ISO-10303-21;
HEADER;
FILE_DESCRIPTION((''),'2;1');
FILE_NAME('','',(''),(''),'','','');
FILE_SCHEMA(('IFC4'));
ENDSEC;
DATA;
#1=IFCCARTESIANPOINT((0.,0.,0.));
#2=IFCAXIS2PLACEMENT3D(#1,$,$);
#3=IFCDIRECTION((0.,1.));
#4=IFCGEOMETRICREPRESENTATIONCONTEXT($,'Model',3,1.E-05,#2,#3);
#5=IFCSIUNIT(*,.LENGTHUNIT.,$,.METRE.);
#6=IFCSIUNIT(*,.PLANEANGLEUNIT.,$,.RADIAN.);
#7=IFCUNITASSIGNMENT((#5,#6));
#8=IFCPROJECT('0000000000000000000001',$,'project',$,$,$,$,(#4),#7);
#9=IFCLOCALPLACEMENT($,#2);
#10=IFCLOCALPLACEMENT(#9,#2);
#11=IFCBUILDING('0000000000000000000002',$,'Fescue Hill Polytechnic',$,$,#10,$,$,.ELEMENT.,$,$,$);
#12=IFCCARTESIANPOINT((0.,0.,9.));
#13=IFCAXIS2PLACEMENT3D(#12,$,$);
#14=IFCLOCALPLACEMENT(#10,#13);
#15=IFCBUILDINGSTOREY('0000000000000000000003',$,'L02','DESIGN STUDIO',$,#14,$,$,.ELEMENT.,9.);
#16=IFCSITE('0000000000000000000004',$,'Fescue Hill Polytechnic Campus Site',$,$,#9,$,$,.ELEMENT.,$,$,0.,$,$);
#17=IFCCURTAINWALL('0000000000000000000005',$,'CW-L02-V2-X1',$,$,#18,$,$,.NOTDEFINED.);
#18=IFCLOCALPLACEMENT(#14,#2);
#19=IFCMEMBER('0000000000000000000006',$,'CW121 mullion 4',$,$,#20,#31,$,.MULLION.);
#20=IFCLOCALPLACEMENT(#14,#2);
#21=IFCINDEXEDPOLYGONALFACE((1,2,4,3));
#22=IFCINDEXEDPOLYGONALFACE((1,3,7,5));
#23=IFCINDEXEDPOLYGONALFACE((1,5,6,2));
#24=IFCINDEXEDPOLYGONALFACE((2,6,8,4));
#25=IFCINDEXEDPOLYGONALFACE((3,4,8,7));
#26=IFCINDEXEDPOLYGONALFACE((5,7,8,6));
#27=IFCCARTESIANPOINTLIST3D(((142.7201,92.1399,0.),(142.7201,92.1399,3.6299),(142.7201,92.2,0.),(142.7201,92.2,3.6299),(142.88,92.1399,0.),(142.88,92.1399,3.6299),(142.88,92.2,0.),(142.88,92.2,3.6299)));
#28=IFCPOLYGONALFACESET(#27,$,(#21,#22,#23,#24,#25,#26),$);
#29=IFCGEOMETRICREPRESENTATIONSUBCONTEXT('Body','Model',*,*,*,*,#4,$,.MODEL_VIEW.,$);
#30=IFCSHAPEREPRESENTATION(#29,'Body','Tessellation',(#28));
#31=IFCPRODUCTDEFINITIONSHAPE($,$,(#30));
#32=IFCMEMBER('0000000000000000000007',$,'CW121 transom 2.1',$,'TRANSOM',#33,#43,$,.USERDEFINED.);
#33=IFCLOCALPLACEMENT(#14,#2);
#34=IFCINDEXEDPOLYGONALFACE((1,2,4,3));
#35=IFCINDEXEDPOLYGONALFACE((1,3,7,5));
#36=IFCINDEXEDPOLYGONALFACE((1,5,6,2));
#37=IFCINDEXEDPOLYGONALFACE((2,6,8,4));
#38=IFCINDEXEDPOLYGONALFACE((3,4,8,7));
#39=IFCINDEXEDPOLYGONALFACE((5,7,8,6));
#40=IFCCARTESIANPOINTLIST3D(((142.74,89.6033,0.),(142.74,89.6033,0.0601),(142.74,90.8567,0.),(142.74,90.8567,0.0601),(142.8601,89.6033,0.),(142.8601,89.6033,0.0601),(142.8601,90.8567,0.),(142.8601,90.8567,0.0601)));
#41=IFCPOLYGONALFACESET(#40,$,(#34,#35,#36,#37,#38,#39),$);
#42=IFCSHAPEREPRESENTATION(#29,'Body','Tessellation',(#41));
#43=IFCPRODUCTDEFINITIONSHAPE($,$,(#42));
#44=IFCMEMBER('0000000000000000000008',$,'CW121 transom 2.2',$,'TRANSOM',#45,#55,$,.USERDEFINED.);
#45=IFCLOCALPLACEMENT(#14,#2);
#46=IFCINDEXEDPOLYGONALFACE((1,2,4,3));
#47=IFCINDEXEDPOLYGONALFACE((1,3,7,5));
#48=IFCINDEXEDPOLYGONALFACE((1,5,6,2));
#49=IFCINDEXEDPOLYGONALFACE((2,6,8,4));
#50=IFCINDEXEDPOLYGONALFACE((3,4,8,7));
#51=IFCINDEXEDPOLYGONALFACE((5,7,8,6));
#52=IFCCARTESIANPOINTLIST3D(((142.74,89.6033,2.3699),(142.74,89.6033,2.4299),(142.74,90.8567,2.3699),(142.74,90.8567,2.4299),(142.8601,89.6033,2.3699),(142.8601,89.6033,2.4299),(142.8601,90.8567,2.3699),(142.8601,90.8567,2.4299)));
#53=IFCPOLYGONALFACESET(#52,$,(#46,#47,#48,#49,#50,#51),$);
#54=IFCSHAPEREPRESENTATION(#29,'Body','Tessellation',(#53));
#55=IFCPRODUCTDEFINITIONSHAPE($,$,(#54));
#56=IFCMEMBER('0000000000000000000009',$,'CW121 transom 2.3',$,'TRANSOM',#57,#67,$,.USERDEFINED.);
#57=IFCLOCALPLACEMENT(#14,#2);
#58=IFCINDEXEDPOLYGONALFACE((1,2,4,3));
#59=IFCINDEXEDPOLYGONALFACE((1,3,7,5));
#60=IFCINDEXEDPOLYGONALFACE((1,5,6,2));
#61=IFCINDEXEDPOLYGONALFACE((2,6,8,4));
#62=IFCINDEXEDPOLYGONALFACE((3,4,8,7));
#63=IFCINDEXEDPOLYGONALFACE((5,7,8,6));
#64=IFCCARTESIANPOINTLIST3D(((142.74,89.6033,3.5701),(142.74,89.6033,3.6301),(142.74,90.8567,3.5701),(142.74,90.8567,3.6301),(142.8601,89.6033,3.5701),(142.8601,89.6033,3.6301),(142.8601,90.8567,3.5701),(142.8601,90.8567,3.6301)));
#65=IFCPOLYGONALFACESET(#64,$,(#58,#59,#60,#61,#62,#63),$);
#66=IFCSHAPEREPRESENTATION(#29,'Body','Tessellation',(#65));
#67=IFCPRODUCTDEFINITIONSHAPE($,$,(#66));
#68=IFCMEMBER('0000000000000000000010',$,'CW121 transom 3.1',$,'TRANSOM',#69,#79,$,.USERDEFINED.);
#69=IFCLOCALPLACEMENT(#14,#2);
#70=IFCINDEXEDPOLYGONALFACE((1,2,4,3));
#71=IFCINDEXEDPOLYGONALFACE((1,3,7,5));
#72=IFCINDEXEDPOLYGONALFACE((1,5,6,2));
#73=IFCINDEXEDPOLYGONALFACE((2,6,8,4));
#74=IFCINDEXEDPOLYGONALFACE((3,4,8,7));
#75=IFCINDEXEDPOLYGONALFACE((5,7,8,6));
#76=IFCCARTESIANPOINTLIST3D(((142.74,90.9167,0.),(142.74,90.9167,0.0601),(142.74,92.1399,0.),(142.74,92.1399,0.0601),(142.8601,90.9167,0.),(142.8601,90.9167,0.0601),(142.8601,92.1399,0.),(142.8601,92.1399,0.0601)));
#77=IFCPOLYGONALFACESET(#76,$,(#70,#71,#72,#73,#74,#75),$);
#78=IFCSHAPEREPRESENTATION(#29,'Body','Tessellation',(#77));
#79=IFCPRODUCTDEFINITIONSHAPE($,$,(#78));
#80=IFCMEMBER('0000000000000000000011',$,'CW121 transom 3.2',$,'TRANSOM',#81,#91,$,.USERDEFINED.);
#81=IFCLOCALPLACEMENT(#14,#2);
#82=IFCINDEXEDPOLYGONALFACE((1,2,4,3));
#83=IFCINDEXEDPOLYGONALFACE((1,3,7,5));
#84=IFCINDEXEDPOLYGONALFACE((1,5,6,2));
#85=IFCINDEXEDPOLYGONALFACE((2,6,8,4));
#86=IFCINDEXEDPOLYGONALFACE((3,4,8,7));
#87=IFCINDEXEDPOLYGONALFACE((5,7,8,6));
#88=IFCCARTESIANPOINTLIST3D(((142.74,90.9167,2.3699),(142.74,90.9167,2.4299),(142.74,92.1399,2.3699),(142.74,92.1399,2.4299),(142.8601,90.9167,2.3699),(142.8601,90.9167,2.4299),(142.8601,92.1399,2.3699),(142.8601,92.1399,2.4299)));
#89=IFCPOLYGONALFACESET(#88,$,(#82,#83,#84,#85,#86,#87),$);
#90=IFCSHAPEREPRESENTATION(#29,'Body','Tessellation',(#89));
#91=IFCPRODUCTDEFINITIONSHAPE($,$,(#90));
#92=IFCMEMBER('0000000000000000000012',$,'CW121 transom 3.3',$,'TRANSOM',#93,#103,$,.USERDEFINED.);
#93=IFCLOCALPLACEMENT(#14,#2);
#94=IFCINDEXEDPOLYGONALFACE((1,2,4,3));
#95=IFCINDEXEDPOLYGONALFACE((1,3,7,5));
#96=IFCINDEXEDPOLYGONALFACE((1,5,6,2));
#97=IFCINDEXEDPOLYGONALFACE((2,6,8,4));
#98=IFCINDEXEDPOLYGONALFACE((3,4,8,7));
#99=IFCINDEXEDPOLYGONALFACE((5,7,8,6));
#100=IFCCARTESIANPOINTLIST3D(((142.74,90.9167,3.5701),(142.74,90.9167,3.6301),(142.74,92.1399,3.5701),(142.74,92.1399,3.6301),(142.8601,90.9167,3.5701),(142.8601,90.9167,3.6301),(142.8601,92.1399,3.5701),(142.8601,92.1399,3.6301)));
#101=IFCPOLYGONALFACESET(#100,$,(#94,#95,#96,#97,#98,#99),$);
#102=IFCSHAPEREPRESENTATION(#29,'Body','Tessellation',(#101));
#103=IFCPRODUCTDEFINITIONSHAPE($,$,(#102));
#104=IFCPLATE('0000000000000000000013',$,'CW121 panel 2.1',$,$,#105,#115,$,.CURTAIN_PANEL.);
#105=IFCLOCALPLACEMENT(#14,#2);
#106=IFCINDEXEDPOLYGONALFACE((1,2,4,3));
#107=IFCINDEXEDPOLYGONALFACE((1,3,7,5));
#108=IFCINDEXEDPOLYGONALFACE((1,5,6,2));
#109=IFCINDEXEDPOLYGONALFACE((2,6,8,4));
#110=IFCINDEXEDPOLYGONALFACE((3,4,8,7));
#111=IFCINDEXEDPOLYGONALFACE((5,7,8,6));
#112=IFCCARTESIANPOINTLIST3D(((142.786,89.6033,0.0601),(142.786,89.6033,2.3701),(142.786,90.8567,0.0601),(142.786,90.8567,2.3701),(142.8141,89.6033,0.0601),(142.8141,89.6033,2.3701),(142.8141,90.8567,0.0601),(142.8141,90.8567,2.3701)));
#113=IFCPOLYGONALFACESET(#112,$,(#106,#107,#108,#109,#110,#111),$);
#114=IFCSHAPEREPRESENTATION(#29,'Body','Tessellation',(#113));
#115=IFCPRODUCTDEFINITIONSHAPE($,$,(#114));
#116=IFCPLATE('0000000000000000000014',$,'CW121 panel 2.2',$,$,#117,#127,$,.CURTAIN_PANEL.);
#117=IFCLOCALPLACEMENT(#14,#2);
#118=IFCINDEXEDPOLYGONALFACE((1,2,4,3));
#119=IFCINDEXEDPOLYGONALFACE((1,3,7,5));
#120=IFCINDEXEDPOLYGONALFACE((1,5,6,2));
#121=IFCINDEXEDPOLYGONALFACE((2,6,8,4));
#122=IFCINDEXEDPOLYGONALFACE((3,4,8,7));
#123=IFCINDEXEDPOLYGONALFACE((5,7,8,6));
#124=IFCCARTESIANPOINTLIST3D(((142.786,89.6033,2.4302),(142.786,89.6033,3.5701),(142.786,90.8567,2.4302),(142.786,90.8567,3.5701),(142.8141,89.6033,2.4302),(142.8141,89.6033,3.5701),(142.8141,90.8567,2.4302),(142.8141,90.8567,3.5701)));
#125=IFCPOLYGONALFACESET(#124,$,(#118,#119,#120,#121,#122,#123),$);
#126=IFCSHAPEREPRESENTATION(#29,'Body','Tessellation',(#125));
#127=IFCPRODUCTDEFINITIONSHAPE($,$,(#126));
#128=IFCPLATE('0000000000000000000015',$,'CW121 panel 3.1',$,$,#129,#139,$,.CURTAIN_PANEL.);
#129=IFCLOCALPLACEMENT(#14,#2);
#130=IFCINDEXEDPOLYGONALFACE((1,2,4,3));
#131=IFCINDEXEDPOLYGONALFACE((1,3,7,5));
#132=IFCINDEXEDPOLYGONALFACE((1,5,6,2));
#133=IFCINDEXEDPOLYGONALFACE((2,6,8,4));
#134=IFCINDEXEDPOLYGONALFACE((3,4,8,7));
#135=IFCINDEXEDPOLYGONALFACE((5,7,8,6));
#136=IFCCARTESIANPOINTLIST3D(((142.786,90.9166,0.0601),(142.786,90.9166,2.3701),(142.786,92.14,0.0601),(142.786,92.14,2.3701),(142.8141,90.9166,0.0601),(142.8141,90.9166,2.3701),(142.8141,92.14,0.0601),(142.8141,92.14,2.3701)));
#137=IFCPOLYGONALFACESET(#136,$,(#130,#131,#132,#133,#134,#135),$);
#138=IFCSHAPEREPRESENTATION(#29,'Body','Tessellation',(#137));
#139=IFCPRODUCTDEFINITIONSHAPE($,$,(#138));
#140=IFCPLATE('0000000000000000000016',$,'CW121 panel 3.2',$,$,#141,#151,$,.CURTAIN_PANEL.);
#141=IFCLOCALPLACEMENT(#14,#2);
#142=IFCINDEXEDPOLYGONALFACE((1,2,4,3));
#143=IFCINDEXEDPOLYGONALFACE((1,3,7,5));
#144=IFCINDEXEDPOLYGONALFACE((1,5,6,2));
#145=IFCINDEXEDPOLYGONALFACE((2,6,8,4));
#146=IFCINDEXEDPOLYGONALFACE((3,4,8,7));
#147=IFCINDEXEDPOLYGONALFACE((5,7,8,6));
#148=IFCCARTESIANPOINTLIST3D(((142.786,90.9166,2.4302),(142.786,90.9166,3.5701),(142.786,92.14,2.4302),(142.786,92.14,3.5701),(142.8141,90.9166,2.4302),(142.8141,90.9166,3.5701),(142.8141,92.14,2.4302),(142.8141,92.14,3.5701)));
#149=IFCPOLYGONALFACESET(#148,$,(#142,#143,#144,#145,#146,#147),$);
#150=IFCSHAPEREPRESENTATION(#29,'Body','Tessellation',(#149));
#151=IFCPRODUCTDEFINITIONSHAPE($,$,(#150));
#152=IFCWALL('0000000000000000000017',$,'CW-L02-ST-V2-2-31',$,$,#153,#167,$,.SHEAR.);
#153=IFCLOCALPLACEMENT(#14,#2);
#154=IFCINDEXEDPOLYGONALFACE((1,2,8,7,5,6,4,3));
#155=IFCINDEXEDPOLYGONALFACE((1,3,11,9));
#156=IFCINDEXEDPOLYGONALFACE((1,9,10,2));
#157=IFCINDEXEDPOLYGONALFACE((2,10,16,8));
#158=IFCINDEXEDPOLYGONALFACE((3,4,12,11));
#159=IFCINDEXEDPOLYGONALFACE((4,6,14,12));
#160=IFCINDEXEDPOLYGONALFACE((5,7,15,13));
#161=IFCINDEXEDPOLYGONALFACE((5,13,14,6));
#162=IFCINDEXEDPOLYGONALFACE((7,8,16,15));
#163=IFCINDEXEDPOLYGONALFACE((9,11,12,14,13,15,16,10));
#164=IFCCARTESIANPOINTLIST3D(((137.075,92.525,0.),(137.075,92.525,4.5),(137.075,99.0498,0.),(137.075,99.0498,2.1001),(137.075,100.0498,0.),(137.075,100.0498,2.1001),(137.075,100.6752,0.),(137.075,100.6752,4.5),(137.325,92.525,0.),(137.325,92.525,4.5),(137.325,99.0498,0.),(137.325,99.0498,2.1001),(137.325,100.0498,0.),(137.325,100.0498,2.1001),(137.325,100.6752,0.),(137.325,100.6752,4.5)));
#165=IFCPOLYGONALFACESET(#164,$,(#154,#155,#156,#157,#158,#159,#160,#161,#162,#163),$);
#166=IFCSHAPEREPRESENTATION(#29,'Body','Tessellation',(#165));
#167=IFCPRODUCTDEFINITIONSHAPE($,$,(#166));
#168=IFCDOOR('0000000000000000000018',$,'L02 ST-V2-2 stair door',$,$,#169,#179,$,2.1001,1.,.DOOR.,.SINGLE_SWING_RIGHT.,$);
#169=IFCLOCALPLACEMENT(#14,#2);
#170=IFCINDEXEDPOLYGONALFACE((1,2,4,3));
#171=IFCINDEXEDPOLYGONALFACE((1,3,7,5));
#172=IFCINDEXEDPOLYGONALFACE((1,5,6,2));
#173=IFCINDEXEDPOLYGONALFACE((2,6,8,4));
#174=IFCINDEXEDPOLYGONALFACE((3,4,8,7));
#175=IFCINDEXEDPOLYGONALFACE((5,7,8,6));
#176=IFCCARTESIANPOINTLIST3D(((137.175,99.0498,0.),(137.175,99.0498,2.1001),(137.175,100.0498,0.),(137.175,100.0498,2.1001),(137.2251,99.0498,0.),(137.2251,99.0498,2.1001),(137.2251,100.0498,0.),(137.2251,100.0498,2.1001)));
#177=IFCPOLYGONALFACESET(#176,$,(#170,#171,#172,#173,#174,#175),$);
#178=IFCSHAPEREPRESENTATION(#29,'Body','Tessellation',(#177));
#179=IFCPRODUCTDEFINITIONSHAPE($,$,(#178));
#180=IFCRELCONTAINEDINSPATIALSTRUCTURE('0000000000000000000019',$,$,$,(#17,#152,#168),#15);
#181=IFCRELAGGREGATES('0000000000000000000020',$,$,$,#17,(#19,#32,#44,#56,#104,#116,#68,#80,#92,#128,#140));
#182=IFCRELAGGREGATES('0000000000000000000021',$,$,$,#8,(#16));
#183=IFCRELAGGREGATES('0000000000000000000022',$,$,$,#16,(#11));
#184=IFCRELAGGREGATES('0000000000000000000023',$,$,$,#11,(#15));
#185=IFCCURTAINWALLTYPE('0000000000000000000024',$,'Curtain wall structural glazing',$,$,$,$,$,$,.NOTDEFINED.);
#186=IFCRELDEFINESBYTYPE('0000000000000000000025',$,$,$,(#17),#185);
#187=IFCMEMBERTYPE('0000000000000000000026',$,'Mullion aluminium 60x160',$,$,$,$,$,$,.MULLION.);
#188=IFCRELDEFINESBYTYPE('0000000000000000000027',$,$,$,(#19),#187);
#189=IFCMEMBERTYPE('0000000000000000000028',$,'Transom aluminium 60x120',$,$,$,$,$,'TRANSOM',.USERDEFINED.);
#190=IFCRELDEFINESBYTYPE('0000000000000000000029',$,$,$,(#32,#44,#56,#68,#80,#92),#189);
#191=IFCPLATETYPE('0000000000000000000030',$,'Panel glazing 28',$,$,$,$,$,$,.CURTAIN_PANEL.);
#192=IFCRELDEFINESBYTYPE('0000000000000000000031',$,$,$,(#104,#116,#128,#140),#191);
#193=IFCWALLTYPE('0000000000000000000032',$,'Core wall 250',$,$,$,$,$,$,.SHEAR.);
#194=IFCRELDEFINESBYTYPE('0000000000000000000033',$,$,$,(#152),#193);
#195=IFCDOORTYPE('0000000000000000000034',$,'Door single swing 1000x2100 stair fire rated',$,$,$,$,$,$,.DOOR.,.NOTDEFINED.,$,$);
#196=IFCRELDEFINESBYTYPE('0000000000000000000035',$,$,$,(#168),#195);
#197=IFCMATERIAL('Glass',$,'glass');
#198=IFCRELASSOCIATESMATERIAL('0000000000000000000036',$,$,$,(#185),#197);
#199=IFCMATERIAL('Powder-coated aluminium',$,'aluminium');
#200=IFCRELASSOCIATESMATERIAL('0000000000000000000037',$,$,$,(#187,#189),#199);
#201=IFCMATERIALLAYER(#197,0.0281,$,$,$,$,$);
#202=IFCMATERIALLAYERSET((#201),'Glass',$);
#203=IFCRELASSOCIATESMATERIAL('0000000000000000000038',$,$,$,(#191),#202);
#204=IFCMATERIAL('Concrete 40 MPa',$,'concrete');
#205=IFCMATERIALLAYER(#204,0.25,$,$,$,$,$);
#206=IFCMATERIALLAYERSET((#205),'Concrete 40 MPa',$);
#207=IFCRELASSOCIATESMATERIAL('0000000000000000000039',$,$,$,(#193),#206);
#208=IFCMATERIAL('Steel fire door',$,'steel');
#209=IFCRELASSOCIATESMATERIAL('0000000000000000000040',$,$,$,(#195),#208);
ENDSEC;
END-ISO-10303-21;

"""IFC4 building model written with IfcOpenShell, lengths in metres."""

from ifc_helpers import new_model, si_unit, direction, frame, frame_2d, origin, origin_2d, place, context, subcontext, project, spatial, rectangle, extrude, material, layer, layer_set, material_profile, profile_set, type_object, element, fill, aggregate, save


model = new_model("IFC4")

# Units and contexts
model_context = context("Model", 3, precision=1e-05, world=origin(), true_north=direction((0.0, 1.0)))
body_context = subcontext(model_context, "Body", "Model", "MODEL_VIEW")
ifc_project = project(units=[si_unit("LENGTHUNIT", "METRE"), si_unit("PLANEANGLEUNIT", "RADIAN")], contexts=[model_context])

# Site, building, storey
site_placement = place(None, origin())
site = spatial("IfcSite", under=ifc_project, at=site_placement, Name="Fescue Hill Polytechnic Campus Site", CompositionType="ELEMENT", RefElevation=0.0)
building_placement = place(site_placement, origin())
building = spatial("IfcBuilding", under=site, at=building_placement, Name="Fescue Hill Polytechnic", CompositionType="ELEMENT")
storey_placement = place(building_placement, frame((0.0, 0.0, 9.0)))
storey = spatial("IfcBuildingStorey", under=building, at=storey_placement, Name="L02", Description="DESIGN STUDIO", CompositionType="ELEMENT", Elevation=9.0)

# Shared definitions
ifc_material_1 = material(Name="Concrete 40 MPa", Category="concrete")

# Curtain wall, members, plates
ifc_material_2 = material(Name="Glass", Category="glass")
curtain_wall_type = type_object("IfcCurtainWallType", Name="Curtain wall structural glazing", PredefinedType="NOTDEFINED", material=ifc_material_2)
curtain_wall_placement = place(storey_placement, origin())
curtain_wall = element("IfcCurtainWall", 1, at=curtain_wall_placement, inside=storey, type_object=curtain_wall_type, Name="CW-L02-V2-X1", PredefinedType="NOTDEFINED")
ifc_material_3 = material(Name="Powder-coated aluminium", Category="aluminium")
ifc_material_profile_1 = material_profile(ifc_material_3, rectangle(XDim=0.1599, YDim=0.0601, at=origin_2d()), Name="Mullion aluminium 60x160")
ifc_profile_set_1 = profile_set([ifc_material_profile_1], Name="Powder-coated aluminium")
member_type_1 = type_object("IfcMemberType", Name="Mullion aluminium 60x160", PredefinedType="MULLION", material=ifc_profile_set_1)
member_1_placement = place(storey_placement, frame((142.8, 92.1699, 0.0), z_axis=(0.0, 0.0, 1.0), x_axis=(-1.0, 0.0, 0.0)))
member_1 = element("IfcMember", 2, at=member_1_placement, type_object=member_type_1, Name="CW121 mullion 4", PredefinedType="MULLION", context=body_context, shape_type="SweptSolid", body=[
    extrude(rectangle(XDim=0.1599, YDim=0.0601, at=origin_2d()), origin(), (0.0, 0.0, 1.0), 3.6299),
])
ifc_material_profile_2 = material_profile(ifc_material_3, rectangle(XDim=0.1201, YDim=0.0601, at=origin_2d()), Name="Transom aluminium 60x120")
ifc_profile_set_2 = profile_set([ifc_material_profile_2], Name="Powder-coated aluminium")
member_type_2 = type_object("IfcMemberType", Name="Transom aluminium 60x120", ElementType="TRANSOM", PredefinedType="USERDEFINED", material=ifc_profile_set_2)
member_2_placement = place(storey_placement, frame((142.8, 89.6033, 0.03), z_axis=(0.0, 1.0, 0.0), x_axis=(-1.0, 0.0, 0.0)))
member_2 = element("IfcMember", 3, at=member_2_placement, type_object=member_type_2, Name="CW121 transom 2.1", ObjectType="TRANSOM", PredefinedType="USERDEFINED", context=body_context, shape_type="SweptSolid", body=[
    extrude(rectangle(XDim=0.1201, YDim=0.0601, at=origin_2d()), origin(), (0.0, 0.0, 1.0), 1.2534),
])
member_3_placement = place(storey_placement, frame((142.8, 89.6033, 2.3999), z_axis=(0.0, 1.0, 0.0), x_axis=(-1.0, 0.0, 0.0)))
member_3 = element("IfcMember", 4, at=member_3_placement, type_object=member_type_2, Name="CW121 transom 2.2", ObjectType="TRANSOM", PredefinedType="USERDEFINED", context=body_context, shape_type="SweptSolid", body=[
    extrude(rectangle(XDim=0.1201, YDim=0.0601, at=origin_2d()), origin(), (0.0, 0.0, 1.0), 1.2534),
])
member_4_placement = place(storey_placement, frame((142.8, 89.6033, 3.6001), z_axis=(0.0, 1.0, 0.0), x_axis=(-1.0, 0.0, 0.0)))
member_4 = element("IfcMember", 5, at=member_4_placement, type_object=member_type_2, Name="CW121 transom 2.3", ObjectType="TRANSOM", PredefinedType="USERDEFINED", context=body_context, shape_type="SweptSolid", body=[
    extrude(rectangle(XDim=0.1201, YDim=0.0601, at=origin_2d()), origin(), (0.0, 0.0, 1.0), 1.2534),
])
member_5_placement = place(storey_placement, frame((142.8, 90.9167, 0.03), z_axis=(0.0, 1.0, 0.0), x_axis=(-1.0, 0.0, 0.0)))
member_5 = element("IfcMember", 6, at=member_5_placement, type_object=member_type_2, Name="CW121 transom 3.1", ObjectType="TRANSOM", PredefinedType="USERDEFINED", context=body_context, shape_type="SweptSolid", body=[
    extrude(rectangle(XDim=0.1201, YDim=0.0601, at=origin_2d()), origin(), (0.0, 0.0, 1.0), 1.2231),
])
member_6_placement = place(storey_placement, frame((142.8, 90.9167, 2.3999), z_axis=(0.0, 1.0, 0.0), x_axis=(-1.0, 0.0, 0.0)))
member_6 = element("IfcMember", 7, at=member_6_placement, type_object=member_type_2, Name="CW121 transom 3.2", ObjectType="TRANSOM", PredefinedType="USERDEFINED", context=body_context, shape_type="SweptSolid", body=[
    extrude(rectangle(XDim=0.1201, YDim=0.0601, at=origin_2d()), origin(), (0.0, 0.0, 1.0), 1.2231),
])
member_7_placement = place(storey_placement, frame((142.8, 90.9167, 3.6001), z_axis=(0.0, 1.0, 0.0), x_axis=(-1.0, 0.0, 0.0)))
member_7 = element("IfcMember", 8, at=member_7_placement, type_object=member_type_2, Name="CW121 transom 3.3", ObjectType="TRANSOM", PredefinedType="USERDEFINED", context=body_context, shape_type="SweptSolid", body=[
    extrude(rectangle(XDim=0.1201, YDim=0.0601, at=origin_2d()), origin(), (0.0, 0.0, 1.0), 1.2231),
])
ifc_layer_1 = layer(ifc_material_2, 0.0281)
ifc_layer_set_1 = layer_set([ifc_layer_1], Name="Glass")
plate_type = type_object("IfcPlateType", Name="Panel glazing 28", PredefinedType="CURTAIN_PANEL", material=ifc_layer_set_1)
plate_1_placement = place(storey_placement, frame((142.8, 90.23, 0.0601), z_axis=(0.0, 0.0, 1.0), x_axis=(0.0, 1.0, 0.0)))
plate_1 = element("IfcPlate", 9, at=plate_1_placement, type_object=plate_type, Name="CW121 panel 2.1", PredefinedType="CURTAIN_PANEL", context=body_context, shape_type="SweptSolid", body=[
    extrude(rectangle(XDim=1.2534, YDim=0.0281, at=origin_2d()), origin(), (0.0, 0.0, 1.0), 2.3101),
])
plate_2_placement = place(storey_placement, frame((142.8, 90.23, 2.4302), z_axis=(0.0, 0.0, 1.0), x_axis=(0.0, 1.0, 0.0)))
plate_2 = element("IfcPlate", 10, at=plate_2_placement, type_object=plate_type, Name="CW121 panel 2.2", PredefinedType="CURTAIN_PANEL", context=body_context, shape_type="SweptSolid", body=[
    extrude(rectangle(XDim=1.2534, YDim=0.0281, at=origin_2d()), origin(), (0.0, 0.0, 1.0), 1.1399),
])
plate_3_placement = place(storey_placement, frame((142.8, 91.5283, 0.0601), z_axis=(0.0, 0.0, 1.0), x_axis=(0.0, 1.0, 0.0)))
plate_3 = element("IfcPlate", 11, at=plate_3_placement, type_object=plate_type, Name="CW121 panel 3.1", PredefinedType="CURTAIN_PANEL", context=body_context, shape_type="SweptSolid", body=[
    extrude(rectangle(XDim=1.2234, YDim=0.0281, at=origin_2d()), origin(), (0.0, 0.0, 1.0), 2.3101),
])
plate_4_placement = place(storey_placement, frame((142.8, 91.5283, 2.4302), z_axis=(0.0, 0.0, 1.0), x_axis=(0.0, 1.0, 0.0)))
plate_4 = element("IfcPlate", 12, at=plate_4_placement, type_object=plate_type, Name="CW121 panel 3.2", PredefinedType="CURTAIN_PANEL", context=body_context, shape_type="SweptSolid", body=[
    extrude(rectangle(XDim=1.2234, YDim=0.0281, at=origin_2d()), origin(), (0.0, 0.0, 1.0), 1.1399),
])
aggregate(curtain_wall, [member_1, member_2, member_3, member_4, plate_1, plate_2, member_5, member_6, member_7, plate_3, plate_4])

# Wall, opening, door
ifc_layer_2 = layer(ifc_material_1, 0.25)
ifc_layer_set_2 = layer_set([ifc_layer_2], Name="Concrete 40 MPa")
wall_type_1 = type_object("IfcWallType", Name="Core wall 250", PredefinedType="SHEAR", material=ifc_layer_set_2)
wall_1_placement = place(storey_placement, frame((137.2, 92.5249, 0.0), z_axis=(0.0, 0.0, 1.0), x_axis=(0.0, 1.0, 0.0)))
wall_1 = element("IfcWall", 13, at=wall_1_placement, inside=storey, type_object=wall_type_1, Name="CW-L02-ST-V2-2-31", PredefinedType="SHEAR", context=body_context, shape_type="SweptSolid", body=[
    extrude(rectangle(XDim=8.1501, YDim=0.25, at=frame_2d((4.0752, 0.0))), origin(), (0.0, 0.0, 1.0), 4.5),
])
opening_placement = place(wall_1_placement, frame((6.5249, 0.0, 0.0)))
opening = element("IfcOpeningElement", 14, at=opening_placement, cuts=wall_1, PredefinedType="OPENING", context=body_context, shape_type="SweptSolid", body=[
    extrude(rectangle(XDim=1.0, YDim=2.1001, at=frame_2d((0.5, 1.05))), frame((0.0, 0.135, 0.0), z_axis=(0.0, -1.0, 0.0), x_axis=(1.0, 0.0, 0.0)), (0.0, 0.0, 1.0), 0.27),
])
ifc_material_4 = material(Name="Steel fire door", Category="steel")
door_type = type_object("IfcDoorType", Name="Door single swing 1000x2100 stair fire rated", OperationType="NOTDEFINED", PredefinedType="DOOR", material=ifc_material_4)
door_placement = place(opening_placement, origin())
door = element("IfcDoor", 15, at=door_placement, inside=storey, type_object=door_type, Name="L02 ST-V2-2 stair door", OperationType="SINGLE_SWING_RIGHT", OverallHeight=2.1001, OverallWidth=1.0, PredefinedType="DOOR", context=body_context, shape_type="SweptSolid", body=[
    extrude(rectangle(XDim=1.0, YDim=2.1001, at=frame_2d((0.5, 1.05))), frame((0.0, 0.0249, 0.0), z_axis=(0.0, -1.0, 0.0), x_axis=(1.0, 0.0, 0.0)), (0.0, 0.0, 1.0), 0.05),
])
fill(opening, door)

save(model, "model.ifc")
